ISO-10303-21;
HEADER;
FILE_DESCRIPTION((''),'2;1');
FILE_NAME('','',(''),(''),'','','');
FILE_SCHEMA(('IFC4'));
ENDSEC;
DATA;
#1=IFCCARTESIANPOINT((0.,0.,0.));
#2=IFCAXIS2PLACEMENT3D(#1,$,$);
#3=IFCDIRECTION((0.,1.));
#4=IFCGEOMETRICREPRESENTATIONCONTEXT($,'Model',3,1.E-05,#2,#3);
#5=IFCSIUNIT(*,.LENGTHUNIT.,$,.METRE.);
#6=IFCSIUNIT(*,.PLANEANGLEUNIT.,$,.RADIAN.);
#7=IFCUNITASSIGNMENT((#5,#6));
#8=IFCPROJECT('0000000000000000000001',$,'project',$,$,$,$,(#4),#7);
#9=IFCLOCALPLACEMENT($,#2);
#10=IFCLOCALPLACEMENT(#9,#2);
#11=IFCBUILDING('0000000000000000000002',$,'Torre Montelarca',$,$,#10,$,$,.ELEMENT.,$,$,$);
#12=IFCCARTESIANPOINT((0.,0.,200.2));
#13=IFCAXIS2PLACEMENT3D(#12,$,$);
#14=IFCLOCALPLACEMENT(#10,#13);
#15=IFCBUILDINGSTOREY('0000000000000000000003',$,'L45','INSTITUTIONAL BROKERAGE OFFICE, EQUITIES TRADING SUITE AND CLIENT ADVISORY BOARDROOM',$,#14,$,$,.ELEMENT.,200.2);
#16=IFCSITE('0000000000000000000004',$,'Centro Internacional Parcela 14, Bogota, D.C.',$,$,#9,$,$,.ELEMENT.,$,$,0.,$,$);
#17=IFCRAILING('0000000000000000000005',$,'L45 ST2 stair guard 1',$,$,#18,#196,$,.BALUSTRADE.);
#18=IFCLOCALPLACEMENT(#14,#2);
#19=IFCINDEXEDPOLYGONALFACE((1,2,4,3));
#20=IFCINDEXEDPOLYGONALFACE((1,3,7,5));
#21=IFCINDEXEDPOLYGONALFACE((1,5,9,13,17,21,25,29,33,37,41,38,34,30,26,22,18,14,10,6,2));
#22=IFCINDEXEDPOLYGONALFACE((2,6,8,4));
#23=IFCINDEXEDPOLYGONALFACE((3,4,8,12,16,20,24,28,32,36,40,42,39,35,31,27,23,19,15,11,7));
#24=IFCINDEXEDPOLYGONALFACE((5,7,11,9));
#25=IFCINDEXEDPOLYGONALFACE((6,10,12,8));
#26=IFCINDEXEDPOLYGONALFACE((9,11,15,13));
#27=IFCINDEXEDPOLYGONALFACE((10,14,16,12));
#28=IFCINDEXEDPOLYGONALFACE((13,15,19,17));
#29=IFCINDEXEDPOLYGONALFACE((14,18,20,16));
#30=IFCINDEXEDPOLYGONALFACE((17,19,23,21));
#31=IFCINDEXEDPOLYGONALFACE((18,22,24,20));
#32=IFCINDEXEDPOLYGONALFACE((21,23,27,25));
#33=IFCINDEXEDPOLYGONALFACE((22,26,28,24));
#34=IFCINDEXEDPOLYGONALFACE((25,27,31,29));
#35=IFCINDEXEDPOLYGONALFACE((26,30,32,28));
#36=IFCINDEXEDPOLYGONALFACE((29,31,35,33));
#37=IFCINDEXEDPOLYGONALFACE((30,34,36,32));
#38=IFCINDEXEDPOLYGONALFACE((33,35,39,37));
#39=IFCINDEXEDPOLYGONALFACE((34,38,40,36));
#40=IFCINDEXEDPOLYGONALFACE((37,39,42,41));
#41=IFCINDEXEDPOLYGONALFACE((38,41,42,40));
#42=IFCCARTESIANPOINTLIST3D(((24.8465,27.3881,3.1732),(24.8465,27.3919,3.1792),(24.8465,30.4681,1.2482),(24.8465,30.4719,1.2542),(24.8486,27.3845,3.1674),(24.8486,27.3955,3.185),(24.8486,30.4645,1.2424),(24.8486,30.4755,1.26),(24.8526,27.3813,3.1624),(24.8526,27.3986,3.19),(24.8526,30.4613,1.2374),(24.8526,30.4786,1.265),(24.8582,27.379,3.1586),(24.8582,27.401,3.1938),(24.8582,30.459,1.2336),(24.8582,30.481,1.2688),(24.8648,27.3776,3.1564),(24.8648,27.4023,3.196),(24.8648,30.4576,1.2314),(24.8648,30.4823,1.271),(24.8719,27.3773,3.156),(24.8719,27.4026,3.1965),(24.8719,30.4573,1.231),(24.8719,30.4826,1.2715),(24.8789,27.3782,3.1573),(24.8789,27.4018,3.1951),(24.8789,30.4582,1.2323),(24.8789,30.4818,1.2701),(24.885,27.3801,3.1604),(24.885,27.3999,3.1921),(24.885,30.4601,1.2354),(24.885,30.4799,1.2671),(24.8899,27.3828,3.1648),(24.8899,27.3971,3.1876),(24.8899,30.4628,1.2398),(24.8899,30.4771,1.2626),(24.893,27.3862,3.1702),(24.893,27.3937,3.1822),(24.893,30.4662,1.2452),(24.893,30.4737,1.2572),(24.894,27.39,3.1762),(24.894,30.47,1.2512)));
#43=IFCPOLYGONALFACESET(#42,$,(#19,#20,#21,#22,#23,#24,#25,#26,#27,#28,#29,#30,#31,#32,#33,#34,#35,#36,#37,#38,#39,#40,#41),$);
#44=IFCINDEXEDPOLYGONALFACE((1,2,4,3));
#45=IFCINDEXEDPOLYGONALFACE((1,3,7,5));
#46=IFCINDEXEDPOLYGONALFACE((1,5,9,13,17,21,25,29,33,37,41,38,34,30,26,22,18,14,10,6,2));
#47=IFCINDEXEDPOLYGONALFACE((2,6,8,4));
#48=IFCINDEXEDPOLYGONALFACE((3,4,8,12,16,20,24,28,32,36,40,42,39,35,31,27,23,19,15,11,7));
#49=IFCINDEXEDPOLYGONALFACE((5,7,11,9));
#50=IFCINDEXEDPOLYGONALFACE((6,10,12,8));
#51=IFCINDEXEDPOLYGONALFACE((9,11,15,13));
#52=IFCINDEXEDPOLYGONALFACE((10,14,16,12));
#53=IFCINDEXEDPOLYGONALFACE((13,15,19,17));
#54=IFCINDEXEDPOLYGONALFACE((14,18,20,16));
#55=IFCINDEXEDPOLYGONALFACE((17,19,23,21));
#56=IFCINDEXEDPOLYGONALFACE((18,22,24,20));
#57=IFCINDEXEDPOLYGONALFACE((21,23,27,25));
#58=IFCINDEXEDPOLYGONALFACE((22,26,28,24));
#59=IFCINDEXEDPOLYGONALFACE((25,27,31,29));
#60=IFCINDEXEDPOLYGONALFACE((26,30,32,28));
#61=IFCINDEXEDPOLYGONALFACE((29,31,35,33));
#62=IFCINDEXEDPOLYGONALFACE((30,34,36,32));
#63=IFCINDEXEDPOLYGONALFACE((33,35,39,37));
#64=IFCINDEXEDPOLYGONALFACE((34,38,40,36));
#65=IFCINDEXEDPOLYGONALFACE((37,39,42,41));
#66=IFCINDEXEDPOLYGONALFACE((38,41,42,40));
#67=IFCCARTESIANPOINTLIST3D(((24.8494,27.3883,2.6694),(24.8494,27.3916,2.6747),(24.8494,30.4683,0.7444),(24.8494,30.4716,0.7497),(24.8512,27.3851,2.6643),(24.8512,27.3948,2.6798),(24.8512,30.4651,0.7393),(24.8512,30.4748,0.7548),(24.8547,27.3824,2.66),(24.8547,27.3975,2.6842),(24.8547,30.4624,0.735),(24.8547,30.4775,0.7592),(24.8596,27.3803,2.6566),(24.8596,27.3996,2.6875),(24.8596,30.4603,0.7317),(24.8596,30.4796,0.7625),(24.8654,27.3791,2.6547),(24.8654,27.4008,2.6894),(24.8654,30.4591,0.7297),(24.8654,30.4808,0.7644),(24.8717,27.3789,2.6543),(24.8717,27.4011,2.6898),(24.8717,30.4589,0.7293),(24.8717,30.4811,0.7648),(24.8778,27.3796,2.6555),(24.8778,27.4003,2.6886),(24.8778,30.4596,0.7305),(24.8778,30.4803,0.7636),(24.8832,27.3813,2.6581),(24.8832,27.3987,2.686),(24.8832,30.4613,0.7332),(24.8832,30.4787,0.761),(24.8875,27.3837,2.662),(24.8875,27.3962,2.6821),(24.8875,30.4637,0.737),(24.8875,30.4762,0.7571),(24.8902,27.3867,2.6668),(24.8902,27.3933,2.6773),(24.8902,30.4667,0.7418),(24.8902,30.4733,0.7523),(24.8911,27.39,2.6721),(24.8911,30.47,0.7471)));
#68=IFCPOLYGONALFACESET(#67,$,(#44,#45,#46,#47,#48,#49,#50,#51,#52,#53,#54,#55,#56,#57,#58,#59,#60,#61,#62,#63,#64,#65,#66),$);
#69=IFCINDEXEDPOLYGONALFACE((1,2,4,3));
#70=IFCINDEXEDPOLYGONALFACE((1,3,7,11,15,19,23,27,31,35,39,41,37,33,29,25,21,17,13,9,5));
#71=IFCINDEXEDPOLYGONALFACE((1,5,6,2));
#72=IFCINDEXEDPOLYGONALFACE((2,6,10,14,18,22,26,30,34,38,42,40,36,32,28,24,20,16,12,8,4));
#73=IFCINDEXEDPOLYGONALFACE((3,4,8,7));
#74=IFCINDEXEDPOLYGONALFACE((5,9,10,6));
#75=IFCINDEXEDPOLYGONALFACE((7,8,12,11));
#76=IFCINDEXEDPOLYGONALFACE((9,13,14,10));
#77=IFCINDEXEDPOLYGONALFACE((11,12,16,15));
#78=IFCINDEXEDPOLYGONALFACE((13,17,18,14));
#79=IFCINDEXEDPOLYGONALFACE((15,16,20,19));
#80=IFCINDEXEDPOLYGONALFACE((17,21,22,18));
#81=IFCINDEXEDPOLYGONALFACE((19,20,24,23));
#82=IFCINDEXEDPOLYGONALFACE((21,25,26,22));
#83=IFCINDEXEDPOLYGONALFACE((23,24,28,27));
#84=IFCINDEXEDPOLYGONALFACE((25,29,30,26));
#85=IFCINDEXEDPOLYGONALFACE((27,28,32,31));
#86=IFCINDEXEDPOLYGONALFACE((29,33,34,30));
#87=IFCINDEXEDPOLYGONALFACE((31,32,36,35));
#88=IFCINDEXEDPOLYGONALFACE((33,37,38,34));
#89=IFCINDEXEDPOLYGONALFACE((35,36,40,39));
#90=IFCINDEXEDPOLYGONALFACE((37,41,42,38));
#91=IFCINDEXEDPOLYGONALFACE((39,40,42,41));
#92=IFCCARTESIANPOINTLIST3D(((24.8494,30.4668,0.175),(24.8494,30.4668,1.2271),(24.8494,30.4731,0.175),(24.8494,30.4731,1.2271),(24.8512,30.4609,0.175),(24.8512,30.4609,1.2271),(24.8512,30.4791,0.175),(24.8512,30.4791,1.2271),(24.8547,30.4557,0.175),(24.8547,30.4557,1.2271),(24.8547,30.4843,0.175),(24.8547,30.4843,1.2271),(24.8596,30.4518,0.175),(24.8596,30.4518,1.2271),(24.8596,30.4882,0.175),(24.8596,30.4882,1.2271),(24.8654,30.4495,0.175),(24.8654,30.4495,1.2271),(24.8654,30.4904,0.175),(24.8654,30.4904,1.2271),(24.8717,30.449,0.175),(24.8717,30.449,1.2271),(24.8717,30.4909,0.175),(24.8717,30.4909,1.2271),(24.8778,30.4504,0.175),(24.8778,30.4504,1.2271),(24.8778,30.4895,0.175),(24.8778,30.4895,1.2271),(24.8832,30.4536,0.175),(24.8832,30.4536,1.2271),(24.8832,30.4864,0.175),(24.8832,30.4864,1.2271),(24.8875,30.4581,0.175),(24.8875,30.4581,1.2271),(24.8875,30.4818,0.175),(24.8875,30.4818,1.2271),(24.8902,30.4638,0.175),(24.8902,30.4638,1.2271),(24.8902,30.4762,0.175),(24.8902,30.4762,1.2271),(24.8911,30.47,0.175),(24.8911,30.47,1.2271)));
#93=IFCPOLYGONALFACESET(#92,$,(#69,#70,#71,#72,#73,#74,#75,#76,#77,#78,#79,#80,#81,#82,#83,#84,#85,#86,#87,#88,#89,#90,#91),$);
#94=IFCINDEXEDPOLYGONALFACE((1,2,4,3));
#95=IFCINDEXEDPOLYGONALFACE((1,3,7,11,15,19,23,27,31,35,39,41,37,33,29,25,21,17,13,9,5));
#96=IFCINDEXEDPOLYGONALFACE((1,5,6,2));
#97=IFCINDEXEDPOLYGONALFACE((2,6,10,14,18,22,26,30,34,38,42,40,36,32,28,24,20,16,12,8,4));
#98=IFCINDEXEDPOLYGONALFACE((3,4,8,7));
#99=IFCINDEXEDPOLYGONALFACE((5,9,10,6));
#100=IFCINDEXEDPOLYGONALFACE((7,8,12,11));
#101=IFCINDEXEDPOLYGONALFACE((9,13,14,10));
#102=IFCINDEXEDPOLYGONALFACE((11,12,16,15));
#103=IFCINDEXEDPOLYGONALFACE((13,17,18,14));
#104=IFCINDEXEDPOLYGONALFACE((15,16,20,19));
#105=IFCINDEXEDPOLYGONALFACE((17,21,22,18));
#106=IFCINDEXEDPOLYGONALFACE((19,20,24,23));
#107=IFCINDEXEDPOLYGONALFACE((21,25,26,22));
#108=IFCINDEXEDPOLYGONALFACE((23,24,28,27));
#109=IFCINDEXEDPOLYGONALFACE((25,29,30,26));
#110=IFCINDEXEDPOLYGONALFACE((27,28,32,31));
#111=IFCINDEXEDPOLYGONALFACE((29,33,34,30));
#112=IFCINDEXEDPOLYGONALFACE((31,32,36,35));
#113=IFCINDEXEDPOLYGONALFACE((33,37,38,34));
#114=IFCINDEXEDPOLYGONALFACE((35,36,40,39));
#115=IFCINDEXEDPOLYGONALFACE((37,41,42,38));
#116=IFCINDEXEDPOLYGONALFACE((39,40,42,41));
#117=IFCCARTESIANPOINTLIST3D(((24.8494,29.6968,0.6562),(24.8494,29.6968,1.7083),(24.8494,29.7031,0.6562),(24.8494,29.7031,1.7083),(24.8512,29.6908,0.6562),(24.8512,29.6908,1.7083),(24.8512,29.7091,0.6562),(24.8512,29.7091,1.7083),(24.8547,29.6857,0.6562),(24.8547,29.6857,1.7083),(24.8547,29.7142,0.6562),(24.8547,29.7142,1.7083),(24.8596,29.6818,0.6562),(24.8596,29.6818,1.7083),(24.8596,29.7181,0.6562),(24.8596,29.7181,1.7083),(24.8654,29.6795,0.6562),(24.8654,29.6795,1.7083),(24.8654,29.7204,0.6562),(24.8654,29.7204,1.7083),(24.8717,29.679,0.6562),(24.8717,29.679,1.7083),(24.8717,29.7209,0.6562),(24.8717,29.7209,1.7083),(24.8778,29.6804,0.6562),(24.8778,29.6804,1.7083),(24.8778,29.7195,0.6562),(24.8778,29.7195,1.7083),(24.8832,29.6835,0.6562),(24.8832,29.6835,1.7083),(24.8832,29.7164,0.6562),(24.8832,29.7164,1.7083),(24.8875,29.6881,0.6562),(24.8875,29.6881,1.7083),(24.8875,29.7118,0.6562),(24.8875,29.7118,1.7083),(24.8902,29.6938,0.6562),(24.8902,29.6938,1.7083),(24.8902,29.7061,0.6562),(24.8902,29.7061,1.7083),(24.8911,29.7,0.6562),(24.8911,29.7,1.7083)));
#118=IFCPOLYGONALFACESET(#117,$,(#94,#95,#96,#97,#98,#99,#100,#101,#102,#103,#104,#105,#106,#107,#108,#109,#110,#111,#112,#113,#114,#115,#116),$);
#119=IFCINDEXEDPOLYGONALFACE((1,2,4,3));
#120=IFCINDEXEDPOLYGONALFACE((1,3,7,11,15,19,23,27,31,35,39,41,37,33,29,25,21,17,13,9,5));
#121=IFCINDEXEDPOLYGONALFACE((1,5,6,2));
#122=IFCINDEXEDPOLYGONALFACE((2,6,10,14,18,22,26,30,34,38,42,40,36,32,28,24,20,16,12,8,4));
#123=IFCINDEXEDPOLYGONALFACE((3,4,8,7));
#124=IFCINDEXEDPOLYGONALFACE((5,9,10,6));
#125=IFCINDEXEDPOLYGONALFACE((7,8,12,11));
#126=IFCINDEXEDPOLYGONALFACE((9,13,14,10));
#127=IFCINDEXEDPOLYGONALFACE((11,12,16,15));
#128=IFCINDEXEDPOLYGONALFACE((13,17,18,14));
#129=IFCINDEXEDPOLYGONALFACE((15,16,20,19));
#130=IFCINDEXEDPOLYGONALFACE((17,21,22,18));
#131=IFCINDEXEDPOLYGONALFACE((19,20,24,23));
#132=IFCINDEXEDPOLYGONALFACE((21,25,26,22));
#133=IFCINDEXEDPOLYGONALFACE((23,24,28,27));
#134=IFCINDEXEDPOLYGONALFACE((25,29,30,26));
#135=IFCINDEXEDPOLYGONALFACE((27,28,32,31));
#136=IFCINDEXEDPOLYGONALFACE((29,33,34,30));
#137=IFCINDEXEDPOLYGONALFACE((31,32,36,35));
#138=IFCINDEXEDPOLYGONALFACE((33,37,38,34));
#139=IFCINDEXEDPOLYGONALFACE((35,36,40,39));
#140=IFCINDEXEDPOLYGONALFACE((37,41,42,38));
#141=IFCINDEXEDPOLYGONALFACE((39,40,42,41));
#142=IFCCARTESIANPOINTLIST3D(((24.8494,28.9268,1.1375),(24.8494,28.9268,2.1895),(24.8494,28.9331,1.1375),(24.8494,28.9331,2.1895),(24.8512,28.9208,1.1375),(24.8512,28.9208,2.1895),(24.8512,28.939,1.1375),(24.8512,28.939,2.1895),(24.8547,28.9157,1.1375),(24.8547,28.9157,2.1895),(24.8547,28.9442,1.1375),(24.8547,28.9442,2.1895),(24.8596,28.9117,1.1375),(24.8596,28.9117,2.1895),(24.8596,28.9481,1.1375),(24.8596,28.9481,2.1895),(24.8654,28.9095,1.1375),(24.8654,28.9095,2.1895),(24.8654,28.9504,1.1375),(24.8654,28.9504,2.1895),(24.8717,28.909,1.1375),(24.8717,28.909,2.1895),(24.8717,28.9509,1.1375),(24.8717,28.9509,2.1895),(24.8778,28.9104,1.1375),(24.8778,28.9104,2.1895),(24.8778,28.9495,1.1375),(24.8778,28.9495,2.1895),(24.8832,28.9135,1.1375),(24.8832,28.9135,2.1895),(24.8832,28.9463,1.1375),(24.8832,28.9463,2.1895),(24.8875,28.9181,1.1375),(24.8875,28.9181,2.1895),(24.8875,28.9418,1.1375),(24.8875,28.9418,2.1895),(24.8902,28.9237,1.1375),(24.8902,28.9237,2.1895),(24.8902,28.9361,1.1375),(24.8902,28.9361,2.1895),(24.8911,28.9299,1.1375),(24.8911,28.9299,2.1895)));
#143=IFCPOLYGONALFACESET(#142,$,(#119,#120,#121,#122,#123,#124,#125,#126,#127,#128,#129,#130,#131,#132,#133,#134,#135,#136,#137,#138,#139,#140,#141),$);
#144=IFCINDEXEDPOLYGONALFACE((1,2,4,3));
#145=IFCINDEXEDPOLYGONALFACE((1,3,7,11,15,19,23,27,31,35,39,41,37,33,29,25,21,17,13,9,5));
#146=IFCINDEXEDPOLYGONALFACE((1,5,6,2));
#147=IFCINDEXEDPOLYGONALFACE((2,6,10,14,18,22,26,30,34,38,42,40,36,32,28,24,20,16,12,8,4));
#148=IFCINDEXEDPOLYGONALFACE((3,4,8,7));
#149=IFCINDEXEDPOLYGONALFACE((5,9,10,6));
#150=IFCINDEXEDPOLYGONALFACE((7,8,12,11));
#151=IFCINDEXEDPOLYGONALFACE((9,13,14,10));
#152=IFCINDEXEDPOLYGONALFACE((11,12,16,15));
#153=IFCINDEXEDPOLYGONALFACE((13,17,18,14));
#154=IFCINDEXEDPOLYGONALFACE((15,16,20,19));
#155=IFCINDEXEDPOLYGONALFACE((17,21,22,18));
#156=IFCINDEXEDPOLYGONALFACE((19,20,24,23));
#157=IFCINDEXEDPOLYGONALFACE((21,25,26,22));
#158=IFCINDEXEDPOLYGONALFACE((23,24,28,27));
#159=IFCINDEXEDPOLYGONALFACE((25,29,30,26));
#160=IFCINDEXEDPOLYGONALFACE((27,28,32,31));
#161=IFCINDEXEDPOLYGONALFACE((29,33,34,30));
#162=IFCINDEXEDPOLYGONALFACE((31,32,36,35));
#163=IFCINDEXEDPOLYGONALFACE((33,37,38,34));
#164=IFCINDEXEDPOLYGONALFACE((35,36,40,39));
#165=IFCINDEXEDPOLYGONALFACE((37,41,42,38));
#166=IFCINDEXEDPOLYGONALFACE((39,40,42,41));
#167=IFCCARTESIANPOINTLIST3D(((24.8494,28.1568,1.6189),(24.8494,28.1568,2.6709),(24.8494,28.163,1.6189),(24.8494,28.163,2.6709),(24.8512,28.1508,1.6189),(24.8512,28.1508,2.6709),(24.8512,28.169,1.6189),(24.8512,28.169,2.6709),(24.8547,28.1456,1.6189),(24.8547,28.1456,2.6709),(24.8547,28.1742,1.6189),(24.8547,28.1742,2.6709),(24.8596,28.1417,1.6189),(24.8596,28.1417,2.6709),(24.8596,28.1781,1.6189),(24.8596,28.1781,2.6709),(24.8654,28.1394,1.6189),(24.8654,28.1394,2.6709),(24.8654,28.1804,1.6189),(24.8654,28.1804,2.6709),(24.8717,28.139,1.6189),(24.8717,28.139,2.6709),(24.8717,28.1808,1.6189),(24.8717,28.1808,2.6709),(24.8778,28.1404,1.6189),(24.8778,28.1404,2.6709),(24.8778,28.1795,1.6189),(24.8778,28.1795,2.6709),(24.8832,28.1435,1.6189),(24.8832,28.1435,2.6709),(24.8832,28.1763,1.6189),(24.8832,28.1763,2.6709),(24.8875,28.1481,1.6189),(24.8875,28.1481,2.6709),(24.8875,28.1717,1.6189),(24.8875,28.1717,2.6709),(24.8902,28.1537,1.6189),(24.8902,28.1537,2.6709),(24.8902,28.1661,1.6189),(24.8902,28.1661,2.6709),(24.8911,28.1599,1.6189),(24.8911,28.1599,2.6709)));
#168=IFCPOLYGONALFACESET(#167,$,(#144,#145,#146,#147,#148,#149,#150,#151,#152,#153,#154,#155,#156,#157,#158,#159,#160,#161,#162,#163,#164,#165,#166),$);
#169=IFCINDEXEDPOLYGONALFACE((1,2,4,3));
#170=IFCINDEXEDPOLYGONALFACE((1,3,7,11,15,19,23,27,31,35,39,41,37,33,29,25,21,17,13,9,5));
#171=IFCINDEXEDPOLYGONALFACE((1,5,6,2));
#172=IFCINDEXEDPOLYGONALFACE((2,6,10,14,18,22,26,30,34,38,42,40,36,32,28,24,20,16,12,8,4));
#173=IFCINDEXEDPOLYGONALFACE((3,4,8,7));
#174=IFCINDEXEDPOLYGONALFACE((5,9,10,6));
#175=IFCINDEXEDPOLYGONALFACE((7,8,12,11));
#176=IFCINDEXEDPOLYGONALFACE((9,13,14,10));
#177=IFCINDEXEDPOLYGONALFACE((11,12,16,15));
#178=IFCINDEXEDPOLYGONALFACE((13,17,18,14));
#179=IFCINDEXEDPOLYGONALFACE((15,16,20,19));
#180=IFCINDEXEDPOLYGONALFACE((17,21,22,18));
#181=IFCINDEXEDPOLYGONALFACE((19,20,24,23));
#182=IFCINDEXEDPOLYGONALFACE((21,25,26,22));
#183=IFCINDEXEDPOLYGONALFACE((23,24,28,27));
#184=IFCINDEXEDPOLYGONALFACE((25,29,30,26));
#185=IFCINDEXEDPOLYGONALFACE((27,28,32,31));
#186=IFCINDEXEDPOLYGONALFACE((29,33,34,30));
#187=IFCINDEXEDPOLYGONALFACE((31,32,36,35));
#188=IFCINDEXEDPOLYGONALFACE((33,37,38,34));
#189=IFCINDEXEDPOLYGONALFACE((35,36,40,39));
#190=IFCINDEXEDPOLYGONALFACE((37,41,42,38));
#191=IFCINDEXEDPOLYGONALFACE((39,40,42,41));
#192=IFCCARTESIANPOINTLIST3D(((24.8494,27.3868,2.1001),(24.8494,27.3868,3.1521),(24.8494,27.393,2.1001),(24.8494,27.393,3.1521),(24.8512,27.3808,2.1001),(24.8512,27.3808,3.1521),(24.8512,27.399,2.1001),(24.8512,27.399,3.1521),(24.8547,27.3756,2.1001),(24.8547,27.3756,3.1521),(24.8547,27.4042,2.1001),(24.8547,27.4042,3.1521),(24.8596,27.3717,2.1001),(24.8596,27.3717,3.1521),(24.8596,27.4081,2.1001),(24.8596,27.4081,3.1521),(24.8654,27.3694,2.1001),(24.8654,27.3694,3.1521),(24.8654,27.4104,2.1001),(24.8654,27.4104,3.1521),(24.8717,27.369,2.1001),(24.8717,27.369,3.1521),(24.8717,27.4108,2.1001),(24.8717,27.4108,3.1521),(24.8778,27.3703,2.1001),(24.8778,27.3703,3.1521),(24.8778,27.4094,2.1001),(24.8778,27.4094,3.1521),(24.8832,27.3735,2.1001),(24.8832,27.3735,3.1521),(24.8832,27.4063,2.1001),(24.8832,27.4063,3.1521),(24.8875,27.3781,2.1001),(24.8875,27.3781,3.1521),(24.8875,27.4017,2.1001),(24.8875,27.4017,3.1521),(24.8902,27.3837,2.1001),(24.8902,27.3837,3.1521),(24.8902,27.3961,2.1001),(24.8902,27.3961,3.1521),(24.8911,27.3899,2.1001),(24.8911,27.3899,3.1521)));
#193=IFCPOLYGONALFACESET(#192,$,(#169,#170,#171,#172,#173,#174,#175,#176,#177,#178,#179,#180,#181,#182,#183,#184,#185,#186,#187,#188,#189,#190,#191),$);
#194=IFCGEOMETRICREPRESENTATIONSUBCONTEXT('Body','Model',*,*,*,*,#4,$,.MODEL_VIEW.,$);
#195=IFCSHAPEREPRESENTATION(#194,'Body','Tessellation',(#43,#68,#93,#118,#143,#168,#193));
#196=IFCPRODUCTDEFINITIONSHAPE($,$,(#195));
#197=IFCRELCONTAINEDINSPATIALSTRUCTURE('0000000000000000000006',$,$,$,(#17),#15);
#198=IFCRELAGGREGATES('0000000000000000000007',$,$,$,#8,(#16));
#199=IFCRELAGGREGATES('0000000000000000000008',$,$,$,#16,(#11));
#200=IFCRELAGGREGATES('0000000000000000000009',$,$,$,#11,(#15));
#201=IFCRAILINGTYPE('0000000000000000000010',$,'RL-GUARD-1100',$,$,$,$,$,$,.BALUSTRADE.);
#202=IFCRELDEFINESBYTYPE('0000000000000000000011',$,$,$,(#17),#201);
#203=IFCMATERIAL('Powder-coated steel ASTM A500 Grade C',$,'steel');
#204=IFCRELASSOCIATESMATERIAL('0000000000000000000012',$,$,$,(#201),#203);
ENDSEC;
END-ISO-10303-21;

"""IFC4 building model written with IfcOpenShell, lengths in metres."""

from ifc_helpers import new_model, si_unit, direction, frame, origin, origin_2d, place, context, subcontext, project, spatial, circle, extrude, material, type_object, element, save


model = new_model("IFC4")

# Units and contexts
model_context = context("Model", 3, precision=1e-05, world=origin(), true_north=direction((0.0, 1.0)))
body_context = subcontext(model_context, "Body", "Model", "MODEL_VIEW")
ifc_project = project(units=[si_unit("LENGTHUNIT", "METRE"), si_unit("PLANEANGLEUNIT", "RADIAN")], contexts=[model_context])

# Site, building, storey
site_placement = place(None, origin())
site = spatial("IfcSite", under=ifc_project, at=site_placement, Name="Centro Internacional Parcela 14, Bogota, D.C.", CompositionType="ELEMENT", RefElevation=0.0)
building_placement = place(site_placement, origin())
building = spatial("IfcBuilding", under=site, at=building_placement, Name="Torre Montelarca", CompositionType="ELEMENT")
storey_placement = place(building_placement, frame((0.0, 0.0, 200.2)))
storey = spatial("IfcBuildingStorey", under=building, at=storey_placement, Name="L45", Description="INSTITUTIONAL BROKERAGE OFFICE, EQUITIES TRADING SUITE AND CLIENT ADVISORY BOARDROOM", CompositionType="ELEMENT", Elevation=200.2)

# Railing
ifc_material_1 = material(Name="Powder-coated steel ASTM A500 Grade C", Category="steel")
railing_type_1 = type_object("IfcRailingType", Name="RL-GUARD-1100", PredefinedType="BALUSTRADE", material=ifc_material_1)
railing_1_placement = place(storey_placement, frame((24.8701, 30.47, 0.175)))
element("IfcRailing", 1, at=railing_1_placement, inside=storey, type_object=railing_type_1, Name="L45 ST2 stair guard 1", PredefinedType="BALUSTRADE", context=body_context, shape_type="SweptSolid", body=[
    extrude(circle(Radius=0.0239, at=origin_2d()), frame((0.0, 0.0, 1.0762), z_axis=(0.0, -0.847998, 0.529999), x_axis=(1.0, 0.0, 0.0)), (0.0, 0.0, 1.0), 3.6321),
    extrude(circle(Radius=0.021, at=origin_2d()), frame((0.0, 0.0, 0.572), z_axis=(0.0, -0.847998, 0.529999), x_axis=(1.0, 0.0, 0.0)), (0.0, 0.0, 1.0), 3.6321),
    extrude(circle(Radius=0.021, at=origin_2d()), origin(), (0.0, 0.0, 1.0), 1.052),
    extrude(circle(Radius=0.021, at=origin_2d()), frame((0.0, -0.77, 0.4812)), (0.0, 0.0, 1.0), 1.052),
    extrude(circle(Radius=0.021, at=origin_2d()), frame((0.0, -1.54, 0.9624)), (0.0, 0.0, 1.0), 1.052),
    extrude(circle(Radius=0.021, at=origin_2d()), frame((0.0, -2.3101, 1.4438)), (0.0, 0.0, 1.0), 1.052),
    extrude(circle(Radius=0.021, at=origin_2d()), frame((0.0, -3.0801, 1.925)), (0.0, 0.0, 1.0), 1.052),
])

save(model, "model.ifc")
